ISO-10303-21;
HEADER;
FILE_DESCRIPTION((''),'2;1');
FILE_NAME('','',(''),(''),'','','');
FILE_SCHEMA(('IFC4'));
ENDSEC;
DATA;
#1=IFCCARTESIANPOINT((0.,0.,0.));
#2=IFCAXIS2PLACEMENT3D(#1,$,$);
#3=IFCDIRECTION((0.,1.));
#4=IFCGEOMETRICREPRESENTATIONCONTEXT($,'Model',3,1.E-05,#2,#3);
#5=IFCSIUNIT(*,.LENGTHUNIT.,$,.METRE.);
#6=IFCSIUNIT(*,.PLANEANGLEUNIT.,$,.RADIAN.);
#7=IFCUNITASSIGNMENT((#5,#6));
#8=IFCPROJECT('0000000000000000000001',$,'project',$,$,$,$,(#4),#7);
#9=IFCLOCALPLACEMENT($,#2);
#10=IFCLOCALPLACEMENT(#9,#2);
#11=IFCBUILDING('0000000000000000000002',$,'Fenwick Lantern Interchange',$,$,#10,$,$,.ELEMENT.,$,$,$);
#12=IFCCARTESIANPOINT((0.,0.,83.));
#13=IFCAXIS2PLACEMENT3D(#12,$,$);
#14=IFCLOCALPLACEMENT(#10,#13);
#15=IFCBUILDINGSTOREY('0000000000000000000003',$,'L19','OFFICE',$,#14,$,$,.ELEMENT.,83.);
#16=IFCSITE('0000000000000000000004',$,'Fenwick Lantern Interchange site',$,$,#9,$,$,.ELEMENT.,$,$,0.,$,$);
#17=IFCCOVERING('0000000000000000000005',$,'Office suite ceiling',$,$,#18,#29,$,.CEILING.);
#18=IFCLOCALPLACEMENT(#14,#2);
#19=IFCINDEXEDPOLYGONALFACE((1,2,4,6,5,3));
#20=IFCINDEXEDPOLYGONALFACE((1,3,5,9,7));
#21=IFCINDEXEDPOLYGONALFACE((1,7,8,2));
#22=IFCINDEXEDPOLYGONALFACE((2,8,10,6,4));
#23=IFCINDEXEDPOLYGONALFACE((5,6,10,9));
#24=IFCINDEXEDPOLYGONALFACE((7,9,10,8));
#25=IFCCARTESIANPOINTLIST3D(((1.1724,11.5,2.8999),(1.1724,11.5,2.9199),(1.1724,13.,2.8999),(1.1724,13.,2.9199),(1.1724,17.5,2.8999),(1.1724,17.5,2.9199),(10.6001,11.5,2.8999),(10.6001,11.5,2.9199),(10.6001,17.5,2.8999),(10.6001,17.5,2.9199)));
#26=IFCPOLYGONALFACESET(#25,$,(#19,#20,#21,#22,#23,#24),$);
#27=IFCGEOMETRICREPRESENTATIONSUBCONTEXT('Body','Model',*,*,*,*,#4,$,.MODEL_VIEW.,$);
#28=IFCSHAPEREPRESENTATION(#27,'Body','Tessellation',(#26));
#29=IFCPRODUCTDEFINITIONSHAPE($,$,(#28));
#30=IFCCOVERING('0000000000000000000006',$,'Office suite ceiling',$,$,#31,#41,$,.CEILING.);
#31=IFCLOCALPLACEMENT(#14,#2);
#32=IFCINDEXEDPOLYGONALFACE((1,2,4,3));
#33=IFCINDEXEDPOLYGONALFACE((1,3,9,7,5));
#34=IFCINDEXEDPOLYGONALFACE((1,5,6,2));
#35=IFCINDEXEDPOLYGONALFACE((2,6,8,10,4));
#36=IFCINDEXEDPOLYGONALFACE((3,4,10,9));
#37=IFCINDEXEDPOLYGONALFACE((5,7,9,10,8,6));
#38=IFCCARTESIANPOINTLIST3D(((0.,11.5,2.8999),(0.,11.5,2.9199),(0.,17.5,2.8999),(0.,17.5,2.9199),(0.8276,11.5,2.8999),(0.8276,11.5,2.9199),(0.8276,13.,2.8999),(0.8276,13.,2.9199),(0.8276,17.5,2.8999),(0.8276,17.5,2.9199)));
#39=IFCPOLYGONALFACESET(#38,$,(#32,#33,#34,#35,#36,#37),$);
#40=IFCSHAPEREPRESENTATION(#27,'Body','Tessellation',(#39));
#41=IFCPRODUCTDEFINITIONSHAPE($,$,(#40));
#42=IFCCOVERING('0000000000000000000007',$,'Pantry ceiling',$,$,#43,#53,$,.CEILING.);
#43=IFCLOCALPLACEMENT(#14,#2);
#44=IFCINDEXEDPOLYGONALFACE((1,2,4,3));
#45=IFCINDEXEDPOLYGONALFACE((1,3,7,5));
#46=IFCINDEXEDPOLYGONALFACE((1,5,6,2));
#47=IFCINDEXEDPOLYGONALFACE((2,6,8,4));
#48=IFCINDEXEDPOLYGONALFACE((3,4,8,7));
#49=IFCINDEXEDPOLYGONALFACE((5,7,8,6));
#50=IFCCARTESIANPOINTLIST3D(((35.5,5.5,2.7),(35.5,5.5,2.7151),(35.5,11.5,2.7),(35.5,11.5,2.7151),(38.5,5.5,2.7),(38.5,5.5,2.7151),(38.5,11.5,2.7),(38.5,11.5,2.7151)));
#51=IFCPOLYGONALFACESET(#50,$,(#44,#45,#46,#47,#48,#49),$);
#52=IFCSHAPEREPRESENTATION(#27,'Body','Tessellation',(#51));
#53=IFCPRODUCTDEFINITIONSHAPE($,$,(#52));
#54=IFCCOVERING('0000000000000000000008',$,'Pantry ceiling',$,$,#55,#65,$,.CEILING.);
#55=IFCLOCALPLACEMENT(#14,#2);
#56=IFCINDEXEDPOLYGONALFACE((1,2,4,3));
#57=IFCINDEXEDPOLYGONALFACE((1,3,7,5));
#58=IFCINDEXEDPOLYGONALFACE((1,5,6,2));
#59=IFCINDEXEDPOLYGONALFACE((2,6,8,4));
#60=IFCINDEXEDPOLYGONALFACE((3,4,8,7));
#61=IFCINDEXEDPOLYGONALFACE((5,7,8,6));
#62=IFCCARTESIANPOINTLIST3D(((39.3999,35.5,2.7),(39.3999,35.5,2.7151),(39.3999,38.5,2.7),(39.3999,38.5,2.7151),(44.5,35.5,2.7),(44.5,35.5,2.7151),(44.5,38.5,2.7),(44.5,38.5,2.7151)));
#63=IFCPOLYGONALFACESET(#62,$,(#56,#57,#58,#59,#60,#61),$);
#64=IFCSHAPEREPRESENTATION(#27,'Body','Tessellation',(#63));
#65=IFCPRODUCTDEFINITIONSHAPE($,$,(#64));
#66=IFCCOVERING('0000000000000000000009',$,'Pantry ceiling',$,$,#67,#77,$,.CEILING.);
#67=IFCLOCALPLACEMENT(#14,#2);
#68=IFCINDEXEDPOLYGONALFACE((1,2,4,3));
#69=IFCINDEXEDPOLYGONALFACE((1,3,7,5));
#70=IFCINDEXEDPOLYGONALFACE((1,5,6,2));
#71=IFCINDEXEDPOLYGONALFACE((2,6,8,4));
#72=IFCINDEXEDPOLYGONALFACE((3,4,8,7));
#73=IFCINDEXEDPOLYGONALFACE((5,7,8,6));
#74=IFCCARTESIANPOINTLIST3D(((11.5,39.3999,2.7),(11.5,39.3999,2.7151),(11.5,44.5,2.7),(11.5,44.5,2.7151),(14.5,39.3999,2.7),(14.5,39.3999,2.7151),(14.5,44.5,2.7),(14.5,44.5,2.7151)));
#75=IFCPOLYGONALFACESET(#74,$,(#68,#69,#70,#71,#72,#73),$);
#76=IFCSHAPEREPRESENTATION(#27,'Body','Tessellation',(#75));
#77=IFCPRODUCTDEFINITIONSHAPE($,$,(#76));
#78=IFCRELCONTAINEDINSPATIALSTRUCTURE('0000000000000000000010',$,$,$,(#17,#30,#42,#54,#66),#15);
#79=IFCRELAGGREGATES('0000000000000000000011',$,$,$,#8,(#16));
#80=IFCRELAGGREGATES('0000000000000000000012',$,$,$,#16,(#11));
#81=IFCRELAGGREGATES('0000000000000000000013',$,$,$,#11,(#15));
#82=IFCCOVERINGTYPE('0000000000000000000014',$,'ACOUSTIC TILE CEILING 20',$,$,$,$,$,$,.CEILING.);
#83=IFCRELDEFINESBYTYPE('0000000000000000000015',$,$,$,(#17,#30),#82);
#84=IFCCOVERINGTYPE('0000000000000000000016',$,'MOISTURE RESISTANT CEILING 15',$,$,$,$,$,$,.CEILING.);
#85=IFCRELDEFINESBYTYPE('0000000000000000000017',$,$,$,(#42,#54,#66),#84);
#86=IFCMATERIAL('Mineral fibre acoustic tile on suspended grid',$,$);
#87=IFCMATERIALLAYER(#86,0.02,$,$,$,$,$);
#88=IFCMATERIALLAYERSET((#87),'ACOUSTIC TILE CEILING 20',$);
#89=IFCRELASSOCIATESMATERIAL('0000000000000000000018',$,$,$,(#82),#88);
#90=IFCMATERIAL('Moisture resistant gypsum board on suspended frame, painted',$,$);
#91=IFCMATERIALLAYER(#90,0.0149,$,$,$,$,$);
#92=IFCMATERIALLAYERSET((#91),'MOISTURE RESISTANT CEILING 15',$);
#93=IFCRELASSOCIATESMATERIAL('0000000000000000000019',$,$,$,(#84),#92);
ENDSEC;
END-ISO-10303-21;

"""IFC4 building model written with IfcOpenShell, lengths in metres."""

from ifc_helpers import new_model, si_unit, direction, frame, origin, place, context, subcontext, project, spatial, polyline, outline, extrude, material, layer, layer_set, type_object, element, save


model = new_model("IFC4")

# Units and contexts
model_context = context("Model", 3, precision=1e-05, world=origin(), true_north=direction((0.0, 1.0)))
body_context = subcontext(model_context, "Body", "Model", "MODEL_VIEW")
ifc_project = project(units=[si_unit("LENGTHUNIT", "METRE"), si_unit("PLANEANGLEUNIT", "RADIAN")], contexts=[model_context])

# Site, building, storey
site_placement = place(None, origin())
site = spatial("IfcSite", under=ifc_project, at=site_placement, Name="Fenwick Lantern Interchange site", CompositionType="ELEMENT", RefElevation=0.0)
building_placement = place(site_placement, origin())
building = spatial("IfcBuilding", under=site, at=building_placement, Name="Fenwick Lantern Interchange", CompositionType="ELEMENT")
storey_placement = place(building_placement, frame((0.0, 0.0, 83.0)))
storey = spatial("IfcBuildingStorey", under=building, at=storey_placement, Name="L19", Description="OFFICE", CompositionType="ELEMENT", Elevation=83.0)

# Coverings
ifc_material_1 = material(Name="Mineral fibre acoustic tile on suspended grid")
ifc_layer_1 = layer(ifc_material_1, 0.02)
ifc_layer_set_1 = layer_set([ifc_layer_1], Name="ACOUSTIC TILE CEILING 20")
covering_type_1 = type_object("IfcCoveringType", Name="ACOUSTIC TILE CEILING 20", PredefinedType="CEILING", material=ifc_layer_set_1)
covering_1_placement = place(storey_placement, frame((0.0, 0.0, 2.8999)))
element("IfcCovering", 1, at=covering_1_placement, inside=storey, type_object=covering_type_1, Name="Office suite ceiling", PredefinedType="CEILING", context=body_context, shape_type="SweptSolid", body=[
    extrude(outline(polyline([(10.6001, 17.5), (1.1724, 17.5), (1.1724, 13.0), (1.1724, 11.5), (10.6001, 11.5), (10.6001, 17.5)])), origin(), (0.0, 0.0, 1.0), 0.02),
])
covering_2_placement = place(storey_placement, frame((0.0, 0.0, 2.8999)))
element("IfcCovering", 2, at=covering_2_placement, inside=storey, type_object=covering_type_1, Name="Office suite ceiling", PredefinedType="CEILING", context=body_context, shape_type="SweptSolid", body=[
    extrude(outline(polyline([(0.0, 17.5), (0.0, 11.5), (0.8276, 11.5), (0.8276, 13.0), (0.8276, 17.5), (0.0, 17.5)])), origin(), (0.0, 0.0, 1.0), 0.02),
])
ifc_material_2 = material(Name="Moisture resistant gypsum board on suspended frame, painted")
ifc_layer_2 = layer(ifc_material_2, 0.0149)
ifc_layer_set_2 = layer_set([ifc_layer_2], Name="MOISTURE RESISTANT CEILING 15")
covering_type_2 = type_object("IfcCoveringType", Name="MOISTURE RESISTANT CEILING 15", PredefinedType="CEILING", material=ifc_layer_set_2)
covering_3_placement = place(storey_placement, frame((0.0, 0.0, 2.7)))
element("IfcCovering", 3, at=covering_3_placement, inside=storey, type_object=covering_type_2, Name="Pantry ceiling", PredefinedType="CEILING", context=body_context, shape_type="SweptSolid", body=[
    extrude(outline(polyline([(35.5, 5.5), (38.5, 5.5), (38.5, 11.5), (35.5, 11.5), (35.5, 5.5)])), origin(), (0.0, 0.0, 1.0), 0.0151),
])
covering_4_placement = place(storey_placement, frame((0.0, 0.0, 2.7)))
element("IfcCovering", 4, at=covering_4_placement, inside=storey, type_object=covering_type_2, Name="Pantry ceiling", PredefinedType="CEILING", context=body_context, shape_type="SweptSolid", body=[
    extrude(outline(polyline([(44.5, 35.5), (44.5, 38.5), (39.3999, 38.5), (39.3999, 35.5), (44.5, 35.5)])), origin(), (0.0, 0.0, 1.0), 0.0151),
])
covering_5_placement = place(storey_placement, frame((0.0, 0.0, 2.7)))
element("IfcCovering", 5, at=covering_5_placement, inside=storey, type_object=covering_type_2, Name="Pantry ceiling", PredefinedType="CEILING", context=body_context, shape_type="SweptSolid", body=[
    extrude(outline(polyline([(14.5, 44.5), (11.5, 44.5), (11.5, 39.3999), (14.5, 39.3999), (14.5, 44.5)])), origin(), (0.0, 0.0, 1.0), 0.0151),
])

save(model, "model.ifc")
